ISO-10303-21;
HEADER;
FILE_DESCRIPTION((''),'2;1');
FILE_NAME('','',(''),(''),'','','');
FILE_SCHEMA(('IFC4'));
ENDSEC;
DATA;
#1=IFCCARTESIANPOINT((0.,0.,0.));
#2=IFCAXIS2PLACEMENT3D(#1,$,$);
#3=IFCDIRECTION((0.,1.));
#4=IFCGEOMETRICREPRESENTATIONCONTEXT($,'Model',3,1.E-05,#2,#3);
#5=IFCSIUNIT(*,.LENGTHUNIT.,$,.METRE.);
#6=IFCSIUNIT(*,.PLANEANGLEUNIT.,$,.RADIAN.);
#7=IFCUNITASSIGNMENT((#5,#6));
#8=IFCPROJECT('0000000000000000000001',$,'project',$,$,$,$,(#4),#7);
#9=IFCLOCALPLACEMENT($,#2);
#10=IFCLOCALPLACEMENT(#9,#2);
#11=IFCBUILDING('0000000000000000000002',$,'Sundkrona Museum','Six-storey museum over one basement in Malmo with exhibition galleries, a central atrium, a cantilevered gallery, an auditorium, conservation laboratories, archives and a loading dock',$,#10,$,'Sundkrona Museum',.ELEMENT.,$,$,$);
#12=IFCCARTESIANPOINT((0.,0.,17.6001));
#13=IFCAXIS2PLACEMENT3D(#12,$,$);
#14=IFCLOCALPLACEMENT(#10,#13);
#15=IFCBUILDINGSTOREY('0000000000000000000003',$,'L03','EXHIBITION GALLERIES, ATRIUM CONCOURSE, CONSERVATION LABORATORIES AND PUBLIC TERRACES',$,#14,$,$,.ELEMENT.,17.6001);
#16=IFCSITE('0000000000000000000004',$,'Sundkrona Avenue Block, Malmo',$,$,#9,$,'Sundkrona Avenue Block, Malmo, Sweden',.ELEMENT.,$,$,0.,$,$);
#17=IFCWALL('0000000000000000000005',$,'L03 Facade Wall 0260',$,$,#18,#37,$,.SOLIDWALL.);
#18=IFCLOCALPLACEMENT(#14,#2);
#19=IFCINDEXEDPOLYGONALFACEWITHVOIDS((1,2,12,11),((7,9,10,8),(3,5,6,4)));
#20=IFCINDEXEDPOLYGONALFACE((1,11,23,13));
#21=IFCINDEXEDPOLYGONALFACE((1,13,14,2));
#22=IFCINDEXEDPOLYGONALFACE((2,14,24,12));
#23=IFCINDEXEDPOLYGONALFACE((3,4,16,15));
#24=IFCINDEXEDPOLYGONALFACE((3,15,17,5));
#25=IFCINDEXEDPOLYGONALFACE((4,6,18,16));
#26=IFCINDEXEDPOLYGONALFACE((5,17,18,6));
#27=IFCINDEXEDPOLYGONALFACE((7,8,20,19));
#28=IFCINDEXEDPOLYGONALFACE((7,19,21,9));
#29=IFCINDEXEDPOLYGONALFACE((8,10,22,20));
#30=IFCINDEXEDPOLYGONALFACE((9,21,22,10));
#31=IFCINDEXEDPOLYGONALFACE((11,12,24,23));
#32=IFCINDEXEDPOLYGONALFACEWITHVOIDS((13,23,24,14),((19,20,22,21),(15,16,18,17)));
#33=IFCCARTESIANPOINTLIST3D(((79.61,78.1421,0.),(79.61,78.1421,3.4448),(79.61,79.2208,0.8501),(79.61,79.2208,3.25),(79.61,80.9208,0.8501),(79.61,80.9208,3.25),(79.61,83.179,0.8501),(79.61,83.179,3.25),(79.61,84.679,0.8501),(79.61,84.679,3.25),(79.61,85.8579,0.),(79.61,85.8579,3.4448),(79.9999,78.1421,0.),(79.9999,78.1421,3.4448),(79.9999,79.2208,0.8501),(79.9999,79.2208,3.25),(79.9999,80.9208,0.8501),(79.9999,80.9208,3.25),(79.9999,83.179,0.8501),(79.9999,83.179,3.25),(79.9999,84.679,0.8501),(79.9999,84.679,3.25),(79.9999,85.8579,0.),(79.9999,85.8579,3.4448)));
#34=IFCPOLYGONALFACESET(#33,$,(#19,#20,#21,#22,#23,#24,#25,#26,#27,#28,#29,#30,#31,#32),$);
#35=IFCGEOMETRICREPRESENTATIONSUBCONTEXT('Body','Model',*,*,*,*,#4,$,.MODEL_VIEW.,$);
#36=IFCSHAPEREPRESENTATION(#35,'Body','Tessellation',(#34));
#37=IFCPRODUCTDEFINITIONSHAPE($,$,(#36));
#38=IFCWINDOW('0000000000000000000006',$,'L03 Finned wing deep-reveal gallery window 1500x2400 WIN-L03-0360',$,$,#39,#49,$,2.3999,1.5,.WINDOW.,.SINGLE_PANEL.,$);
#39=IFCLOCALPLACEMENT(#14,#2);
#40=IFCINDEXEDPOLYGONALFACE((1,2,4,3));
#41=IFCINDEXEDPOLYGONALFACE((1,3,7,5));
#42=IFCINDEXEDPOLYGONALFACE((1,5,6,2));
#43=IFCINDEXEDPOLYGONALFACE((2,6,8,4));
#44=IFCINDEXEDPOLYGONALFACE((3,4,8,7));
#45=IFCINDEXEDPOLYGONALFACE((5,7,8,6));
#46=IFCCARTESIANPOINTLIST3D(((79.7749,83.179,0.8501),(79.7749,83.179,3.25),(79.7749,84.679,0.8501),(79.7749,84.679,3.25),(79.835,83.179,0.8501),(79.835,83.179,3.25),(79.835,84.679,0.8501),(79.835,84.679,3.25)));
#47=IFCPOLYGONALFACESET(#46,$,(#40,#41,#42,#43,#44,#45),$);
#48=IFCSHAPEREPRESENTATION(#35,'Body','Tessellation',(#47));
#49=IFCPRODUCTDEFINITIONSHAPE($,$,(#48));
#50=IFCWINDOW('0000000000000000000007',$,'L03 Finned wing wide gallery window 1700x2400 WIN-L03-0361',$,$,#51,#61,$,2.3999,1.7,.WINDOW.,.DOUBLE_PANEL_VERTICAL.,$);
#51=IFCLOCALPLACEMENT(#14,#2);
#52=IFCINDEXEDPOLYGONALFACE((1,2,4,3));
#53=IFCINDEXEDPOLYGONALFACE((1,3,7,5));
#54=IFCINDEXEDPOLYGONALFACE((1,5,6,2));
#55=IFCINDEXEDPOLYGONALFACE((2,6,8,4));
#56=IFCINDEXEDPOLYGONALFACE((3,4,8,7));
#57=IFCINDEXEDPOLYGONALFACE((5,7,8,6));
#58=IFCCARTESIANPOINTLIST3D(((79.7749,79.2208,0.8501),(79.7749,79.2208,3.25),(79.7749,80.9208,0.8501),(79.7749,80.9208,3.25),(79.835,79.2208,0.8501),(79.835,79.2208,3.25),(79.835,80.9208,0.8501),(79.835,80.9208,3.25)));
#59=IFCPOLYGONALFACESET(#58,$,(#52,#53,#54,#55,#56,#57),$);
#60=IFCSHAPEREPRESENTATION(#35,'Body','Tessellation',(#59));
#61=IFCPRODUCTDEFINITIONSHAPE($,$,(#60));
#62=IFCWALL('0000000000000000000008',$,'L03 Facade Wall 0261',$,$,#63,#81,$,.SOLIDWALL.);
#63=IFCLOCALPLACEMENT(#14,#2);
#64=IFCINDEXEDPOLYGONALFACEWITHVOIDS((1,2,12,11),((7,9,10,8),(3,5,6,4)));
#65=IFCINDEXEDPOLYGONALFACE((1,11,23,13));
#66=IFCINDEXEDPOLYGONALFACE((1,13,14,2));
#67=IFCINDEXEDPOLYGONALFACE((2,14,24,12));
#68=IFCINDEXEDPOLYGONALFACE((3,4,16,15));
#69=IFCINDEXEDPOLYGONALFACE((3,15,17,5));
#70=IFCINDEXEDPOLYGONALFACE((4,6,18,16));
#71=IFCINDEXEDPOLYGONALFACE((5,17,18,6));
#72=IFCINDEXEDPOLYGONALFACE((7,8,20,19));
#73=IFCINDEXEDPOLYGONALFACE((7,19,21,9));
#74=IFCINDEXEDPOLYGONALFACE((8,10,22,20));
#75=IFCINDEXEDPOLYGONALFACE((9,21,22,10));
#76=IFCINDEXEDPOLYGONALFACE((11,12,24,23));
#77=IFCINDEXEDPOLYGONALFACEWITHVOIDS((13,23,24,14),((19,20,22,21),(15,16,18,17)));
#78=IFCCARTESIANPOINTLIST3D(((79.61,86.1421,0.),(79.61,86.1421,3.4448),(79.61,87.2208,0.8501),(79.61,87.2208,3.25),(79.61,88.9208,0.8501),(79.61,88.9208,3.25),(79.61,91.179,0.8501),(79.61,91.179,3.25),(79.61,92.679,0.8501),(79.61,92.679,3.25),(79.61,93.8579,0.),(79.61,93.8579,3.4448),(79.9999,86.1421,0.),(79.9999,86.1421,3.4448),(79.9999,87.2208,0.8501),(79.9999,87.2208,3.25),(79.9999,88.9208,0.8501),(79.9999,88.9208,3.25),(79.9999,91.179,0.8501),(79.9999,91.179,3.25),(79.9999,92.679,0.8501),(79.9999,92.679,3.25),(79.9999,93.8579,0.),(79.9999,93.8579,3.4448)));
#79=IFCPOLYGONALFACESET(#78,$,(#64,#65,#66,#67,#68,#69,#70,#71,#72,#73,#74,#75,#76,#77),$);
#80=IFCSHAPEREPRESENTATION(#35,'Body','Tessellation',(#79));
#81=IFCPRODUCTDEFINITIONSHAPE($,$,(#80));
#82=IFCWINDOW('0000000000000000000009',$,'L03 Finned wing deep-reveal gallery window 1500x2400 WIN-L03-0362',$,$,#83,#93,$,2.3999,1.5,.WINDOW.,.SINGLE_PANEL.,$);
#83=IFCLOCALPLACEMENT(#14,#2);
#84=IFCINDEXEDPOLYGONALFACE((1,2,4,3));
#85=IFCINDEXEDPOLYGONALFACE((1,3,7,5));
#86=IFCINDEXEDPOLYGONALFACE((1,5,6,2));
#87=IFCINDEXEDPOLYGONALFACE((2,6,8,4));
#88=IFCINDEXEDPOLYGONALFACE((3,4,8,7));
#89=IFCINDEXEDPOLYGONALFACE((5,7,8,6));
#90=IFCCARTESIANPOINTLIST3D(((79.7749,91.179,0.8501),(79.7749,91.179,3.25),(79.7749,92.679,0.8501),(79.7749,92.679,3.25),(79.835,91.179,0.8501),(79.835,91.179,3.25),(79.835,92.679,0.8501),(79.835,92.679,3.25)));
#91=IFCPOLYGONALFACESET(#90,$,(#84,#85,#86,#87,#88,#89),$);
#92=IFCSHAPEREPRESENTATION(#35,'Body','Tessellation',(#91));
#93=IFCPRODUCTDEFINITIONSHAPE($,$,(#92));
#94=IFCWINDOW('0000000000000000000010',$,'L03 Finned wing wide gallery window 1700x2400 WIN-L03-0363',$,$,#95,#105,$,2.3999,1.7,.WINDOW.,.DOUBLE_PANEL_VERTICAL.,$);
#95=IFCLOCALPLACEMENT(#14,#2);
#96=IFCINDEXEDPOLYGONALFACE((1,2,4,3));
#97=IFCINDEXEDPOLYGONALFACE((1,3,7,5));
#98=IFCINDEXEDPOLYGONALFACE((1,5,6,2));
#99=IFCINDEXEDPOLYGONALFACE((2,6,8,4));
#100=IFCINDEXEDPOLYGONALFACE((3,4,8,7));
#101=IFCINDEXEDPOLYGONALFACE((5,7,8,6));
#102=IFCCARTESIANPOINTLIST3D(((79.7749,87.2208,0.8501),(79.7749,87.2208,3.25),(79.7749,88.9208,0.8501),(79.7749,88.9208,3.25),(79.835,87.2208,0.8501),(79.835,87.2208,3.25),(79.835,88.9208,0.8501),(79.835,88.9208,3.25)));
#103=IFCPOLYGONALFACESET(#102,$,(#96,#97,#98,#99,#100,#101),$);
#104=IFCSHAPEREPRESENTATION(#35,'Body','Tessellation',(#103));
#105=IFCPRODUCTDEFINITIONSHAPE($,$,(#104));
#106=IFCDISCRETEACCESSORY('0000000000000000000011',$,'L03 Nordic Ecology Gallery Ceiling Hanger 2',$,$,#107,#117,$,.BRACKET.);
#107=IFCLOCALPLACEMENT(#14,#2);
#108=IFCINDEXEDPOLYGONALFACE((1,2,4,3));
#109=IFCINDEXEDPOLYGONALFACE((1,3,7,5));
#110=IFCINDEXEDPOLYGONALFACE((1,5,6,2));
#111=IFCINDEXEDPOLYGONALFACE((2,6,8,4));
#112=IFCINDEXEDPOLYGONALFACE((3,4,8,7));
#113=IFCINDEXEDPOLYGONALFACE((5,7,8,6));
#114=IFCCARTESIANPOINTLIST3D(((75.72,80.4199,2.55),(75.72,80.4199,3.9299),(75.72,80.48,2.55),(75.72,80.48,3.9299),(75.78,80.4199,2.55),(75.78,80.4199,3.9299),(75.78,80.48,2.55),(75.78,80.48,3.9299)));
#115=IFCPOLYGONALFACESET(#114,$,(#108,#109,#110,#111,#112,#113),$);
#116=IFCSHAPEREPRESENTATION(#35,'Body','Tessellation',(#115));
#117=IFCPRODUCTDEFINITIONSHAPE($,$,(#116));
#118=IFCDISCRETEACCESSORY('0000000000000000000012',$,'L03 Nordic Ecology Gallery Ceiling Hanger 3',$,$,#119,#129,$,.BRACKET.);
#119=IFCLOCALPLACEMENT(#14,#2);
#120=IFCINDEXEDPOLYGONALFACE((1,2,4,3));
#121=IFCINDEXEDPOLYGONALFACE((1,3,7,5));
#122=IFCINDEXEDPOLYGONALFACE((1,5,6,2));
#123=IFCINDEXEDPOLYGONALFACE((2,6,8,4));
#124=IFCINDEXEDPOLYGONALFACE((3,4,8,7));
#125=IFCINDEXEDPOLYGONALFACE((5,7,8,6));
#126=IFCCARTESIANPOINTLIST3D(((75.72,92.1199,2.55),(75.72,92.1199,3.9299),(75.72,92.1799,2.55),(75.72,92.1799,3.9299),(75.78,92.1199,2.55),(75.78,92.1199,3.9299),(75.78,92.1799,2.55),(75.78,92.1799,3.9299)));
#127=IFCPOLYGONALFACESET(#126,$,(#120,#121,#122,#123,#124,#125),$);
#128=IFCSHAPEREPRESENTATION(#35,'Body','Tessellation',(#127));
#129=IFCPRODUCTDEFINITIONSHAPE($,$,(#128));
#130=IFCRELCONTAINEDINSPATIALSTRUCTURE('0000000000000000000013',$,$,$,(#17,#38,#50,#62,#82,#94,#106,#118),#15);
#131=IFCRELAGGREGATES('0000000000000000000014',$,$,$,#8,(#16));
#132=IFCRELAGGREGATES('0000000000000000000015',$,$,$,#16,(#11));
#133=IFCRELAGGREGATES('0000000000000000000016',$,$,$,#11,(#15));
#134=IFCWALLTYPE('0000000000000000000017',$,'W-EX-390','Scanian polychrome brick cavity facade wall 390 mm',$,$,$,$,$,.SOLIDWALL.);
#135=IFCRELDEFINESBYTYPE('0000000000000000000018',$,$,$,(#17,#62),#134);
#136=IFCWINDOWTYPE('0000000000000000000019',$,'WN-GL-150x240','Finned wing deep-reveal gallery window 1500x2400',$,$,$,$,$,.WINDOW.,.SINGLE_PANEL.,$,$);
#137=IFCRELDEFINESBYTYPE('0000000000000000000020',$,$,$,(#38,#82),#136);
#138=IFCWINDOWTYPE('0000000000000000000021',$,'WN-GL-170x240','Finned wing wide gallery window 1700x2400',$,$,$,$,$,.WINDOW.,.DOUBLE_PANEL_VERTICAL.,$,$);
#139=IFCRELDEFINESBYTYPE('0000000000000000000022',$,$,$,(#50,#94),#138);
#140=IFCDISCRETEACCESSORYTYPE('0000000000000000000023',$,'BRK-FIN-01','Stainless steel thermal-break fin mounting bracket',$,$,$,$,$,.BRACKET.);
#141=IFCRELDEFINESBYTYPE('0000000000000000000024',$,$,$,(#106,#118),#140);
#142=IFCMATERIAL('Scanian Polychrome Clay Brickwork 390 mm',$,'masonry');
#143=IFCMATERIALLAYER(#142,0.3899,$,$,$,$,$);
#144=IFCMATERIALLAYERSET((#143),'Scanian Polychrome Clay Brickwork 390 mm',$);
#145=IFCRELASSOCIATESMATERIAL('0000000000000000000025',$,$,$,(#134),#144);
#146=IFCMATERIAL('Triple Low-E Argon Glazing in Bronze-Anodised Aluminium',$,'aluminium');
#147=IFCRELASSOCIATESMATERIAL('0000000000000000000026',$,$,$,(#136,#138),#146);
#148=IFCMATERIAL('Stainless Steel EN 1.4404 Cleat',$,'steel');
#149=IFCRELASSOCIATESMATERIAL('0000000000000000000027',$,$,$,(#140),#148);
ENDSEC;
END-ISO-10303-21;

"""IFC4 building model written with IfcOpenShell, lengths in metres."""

from ifc_helpers import new_model, si_unit, direction, frame, frame_2d, origin, origin_2d, place, context, subcontext, project, spatial, rectangle, extrude, material, layer, layer_set, type_object, element, fill, save


model = new_model("IFC4")

# Units and contexts
model_context = context("Model", 3, precision=1e-05, world=origin(), true_north=direction((0.0, 1.0)))
body_context = subcontext(model_context, "Body", "Model", "MODEL_VIEW")
ifc_project = project(units=[si_unit("LENGTHUNIT", "METRE"), si_unit("PLANEANGLEUNIT", "RADIAN")], contexts=[model_context])

# Site, building, storey
site_placement = place(None, origin())
site = spatial("IfcSite", under=ifc_project, at=site_placement, Name="Sundkrona Avenue Block, Malmo", LongName="Sundkrona Avenue Block, Malmo, Sweden", CompositionType="ELEMENT", RefElevation=0.0)
building_placement = place(site_placement, origin())
building = spatial("IfcBuilding", under=site, at=building_placement, Name="Sundkrona Museum", Description="Six-storey museum over one basement in Malmo with exhibition galleries, a central atrium, a cantilevered gallery, an auditorium, conservation laboratories, archives and a loading dock", LongName="Sundkrona Museum", CompositionType="ELEMENT")
storey_placement = place(building_placement, frame((0.0, 0.0, 17.6001)))
storey = spatial("IfcBuildingStorey", under=building, at=storey_placement, Name="L03", Description="EXHIBITION GALLERIES, ATRIUM CONCOURSE, CONSERVATION LABORATORIES AND PUBLIC TERRACES", CompositionType="ELEMENT", Elevation=17.6001)

# Walls, openings, windows
ifc_material_1 = material(Name="Scanian Polychrome Clay Brickwork 390 mm", Category="masonry")
ifc_layer = layer(ifc_material_1, 0.3899)
ifc_layer_set = layer_set([ifc_layer], Name="Scanian Polychrome Clay Brickwork 390 mm")
wall_type = type_object("IfcWallType", Name="W-EX-390", Description="Scanian polychrome brick cavity facade wall 390 mm", PredefinedType="SOLIDWALL", material=ifc_layer_set)
wall_1_placement = place(storey_placement, frame((79.8049, 85.8579, 0.0), z_axis=(0.0, 0.0, 1.0), x_axis=(0.0, -1.0, 0.0)))
wall_1 = element("IfcWall", 1, at=wall_1_placement, inside=storey, type_object=wall_type, Name="L03 Facade Wall 0260", PredefinedType="SOLIDWALL", context=body_context, shape_type="SweptSolid", body=[
    extrude(rectangle(XDim=7.7158, YDim=0.3899, at=frame_2d((3.8579, 0.0))), origin(), (0.0, 0.0, 1.0), 3.4448),
])
opening_1_placement = place(wall_1_placement, frame((1.179, 0.0, 0.8501)))
opening_1 = element("IfcOpeningElement", 2, at=opening_1_placement, cuts=wall_1, PredefinedType="OPENING", context=body_context, shape_type="SweptSolid", body=[
    extrude(rectangle(XDim=1.5, YDim=2.3999, at=frame_2d((0.75, 1.2))), frame((0.0, 0.2048, 0.0), z_axis=(0.0, -1.0, 0.0), x_axis=(1.0, 0.0, 0.0)), (0.0, 0.0, 1.0), 0.4099),
])
opening_2_placement = place(wall_1_placement, frame((4.937, 0.0, 0.8501)))
opening_2 = element("IfcOpeningElement", 3, at=opening_2_placement, cuts=wall_1, PredefinedType="OPENING", context=body_context, shape_type="SweptSolid", body=[
    extrude(rectangle(XDim=1.7, YDim=2.3999, at=frame_2d((0.8501, 1.2))), frame((0.0, 0.2048, 0.0), z_axis=(0.0, -1.0, 0.0), x_axis=(1.0, 0.0, 0.0)), (0.0, 0.0, 1.0), 0.4099),
])
ifc_material_2 = material(Name="Triple Low-E Argon Glazing in Bronze-Anodised Aluminium", Category="aluminium")
window_type_1 = type_object("IfcWindowType", Name="WN-GL-150x240", Description="Finned wing deep-reveal gallery window 1500x2400", PartitioningType="SINGLE_PANEL", PredefinedType="WINDOW", material=ifc_material_2)
window_1_placement = place(opening_1_placement, origin())
window_1 = element("IfcWindow", 4, at=window_1_placement, inside=storey, type_object=window_type_1, Name="L03 Finned wing deep-reveal gallery window 1500x2400 WIN-L03-0360", OverallHeight=2.3999, OverallWidth=1.5, PartitioningType="SINGLE_PANEL", PredefinedType="WINDOW", context=body_context, shape_type="SweptSolid", body=[
    extrude(rectangle(XDim=1.5, YDim=2.3999, at=frame_2d((0.75, 1.2))), frame((0.0, 0.03, 0.0), z_axis=(0.0, -1.0, 0.0), x_axis=(1.0, 0.0, 0.0)), (0.0, 0.0, 1.0), 0.0601),
])
fill(opening_1, window_1)
window_type_2 = type_object("IfcWindowType", Name="WN-GL-170x240", Description="Finned wing wide gallery window 1700x2400", PartitioningType="DOUBLE_PANEL_VERTICAL", PredefinedType="WINDOW", material=ifc_material_2)
window_2_placement = place(opening_2_placement, origin())
window_2 = element("IfcWindow", 5, at=window_2_placement, inside=storey, type_object=window_type_2, Name="L03 Finned wing wide gallery window 1700x2400 WIN-L03-0361", OverallHeight=2.3999, OverallWidth=1.7, PartitioningType="DOUBLE_PANEL_VERTICAL", PredefinedType="WINDOW", context=body_context, shape_type="SweptSolid", body=[
    extrude(rectangle(XDim=1.7, YDim=2.3999, at=frame_2d((0.8501, 1.2))), frame((0.0, 0.03, 0.0), z_axis=(0.0, -1.0, 0.0), x_axis=(1.0, 0.0, 0.0)), (0.0, 0.0, 1.0), 0.0601),
])
fill(opening_2, window_2)
wall_2_placement = place(storey_placement, frame((79.8049, 93.8579, 0.0), z_axis=(0.0, 0.0, 1.0), x_axis=(0.0, -1.0, 0.0)))
wall_2 = element("IfcWall", 6, at=wall_2_placement, inside=storey, type_object=wall_type, Name="L03 Facade Wall 0261", PredefinedType="SOLIDWALL", context=body_context, shape_type="SweptSolid", body=[
    extrude(rectangle(XDim=7.7158, YDim=0.3899, at=frame_2d((3.8579, 0.0))), origin(), (0.0, 0.0, 1.0), 3.4448),
])
opening_3_placement = place(wall_2_placement, frame((1.179, 0.0, 0.8501)))
opening_3 = element("IfcOpeningElement", 7, at=opening_3_placement, cuts=wall_2, PredefinedType="OPENING", context=body_context, shape_type="SweptSolid", body=[
    extrude(rectangle(XDim=1.5, YDim=2.3999, at=frame_2d((0.75, 1.2))), frame((0.0, 0.2048, 0.0), z_axis=(0.0, -1.0, 0.0), x_axis=(1.0, 0.0, 0.0)), (0.0, 0.0, 1.0), 0.4099),
])
opening_4_placement = place(wall_2_placement, frame((4.937, 0.0, 0.8501)))
opening_4 = element("IfcOpeningElement", 8, at=opening_4_placement, cuts=wall_2, PredefinedType="OPENING", context=body_context, shape_type="SweptSolid", body=[
    extrude(rectangle(XDim=1.7, YDim=2.3999, at=frame_2d((0.8501, 1.2))), frame((0.0, 0.2048, 0.0), z_axis=(0.0, -1.0, 0.0), x_axis=(1.0, 0.0, 0.0)), (0.0, 0.0, 1.0), 0.4099),
])
window_3_placement = place(opening_3_placement, origin())
window_3 = element("IfcWindow", 9, at=window_3_placement, inside=storey, type_object=window_type_1, Name="L03 Finned wing deep-reveal gallery window 1500x2400 WIN-L03-0362", OverallHeight=2.3999, OverallWidth=1.5, PartitioningType="SINGLE_PANEL", PredefinedType="WINDOW", context=body_context, shape_type="SweptSolid", body=[
    extrude(rectangle(XDim=1.5, YDim=2.3999, at=frame_2d((0.75, 1.2))), frame((0.0, 0.03, 0.0), z_axis=(0.0, -1.0, 0.0), x_axis=(1.0, 0.0, 0.0)), (0.0, 0.0, 1.0), 0.0601),
])
fill(opening_3, window_3)
window_4_placement = place(opening_4_placement, origin())
window_4 = element("IfcWindow", 10, at=window_4_placement, inside=storey, type_object=window_type_2, Name="L03 Finned wing wide gallery window 1700x2400 WIN-L03-0363", OverallHeight=2.3999, OverallWidth=1.7, PartitioningType="DOUBLE_PANEL_VERTICAL", PredefinedType="WINDOW", context=body_context, shape_type="SweptSolid", body=[
    extrude(rectangle(XDim=1.7, YDim=2.3999, at=frame_2d((0.8501, 1.2))), frame((0.0, 0.03, 0.0), z_axis=(0.0, -1.0, 0.0), x_axis=(1.0, 0.0, 0.0)), (0.0, 0.0, 1.0), 0.0601),
])
fill(opening_4, window_4)

# Discrete accessories
ifc_material_3 = material(Name="Stainless Steel EN 1.4404 Cleat", Category="steel")
discrete_accessory_type = type_object("IfcDiscreteAccessoryType", Name="BRK-FIN-01", Description="Stainless steel thermal-break fin mounting bracket", PredefinedType="BRACKET", material=ifc_material_3)
for number, where, z_axis, x_axis, name in (
    (11, (75.75, 80.45, 2.55), (0.0, 0.0, 1.0), (1.0, 0.0, 0.0), "L03 Nordic Ecology Gallery Ceiling Hanger 2"),
    (12, (75.75, 92.1499, 2.55), (0.0, 0.0, 1.0), (1.0, 0.0, 0.0), "L03 Nordic Ecology Gallery Ceiling Hanger 3"),
):
    element("IfcDiscreteAccessory", number, at=place(storey_placement, frame(where, z_axis=z_axis, x_axis=x_axis)), inside=storey, type_object=discrete_accessory_type, Name=name, PredefinedType="BRACKET", context=body_context, shape_type="SweptSolid", body=[
        extrude(rectangle(XDim=0.0601, YDim=0.0601, at=origin_2d()), origin(), (0.0, 0.0, 1.0), 1.3799),
    ])

save(model, "model.ifc")
